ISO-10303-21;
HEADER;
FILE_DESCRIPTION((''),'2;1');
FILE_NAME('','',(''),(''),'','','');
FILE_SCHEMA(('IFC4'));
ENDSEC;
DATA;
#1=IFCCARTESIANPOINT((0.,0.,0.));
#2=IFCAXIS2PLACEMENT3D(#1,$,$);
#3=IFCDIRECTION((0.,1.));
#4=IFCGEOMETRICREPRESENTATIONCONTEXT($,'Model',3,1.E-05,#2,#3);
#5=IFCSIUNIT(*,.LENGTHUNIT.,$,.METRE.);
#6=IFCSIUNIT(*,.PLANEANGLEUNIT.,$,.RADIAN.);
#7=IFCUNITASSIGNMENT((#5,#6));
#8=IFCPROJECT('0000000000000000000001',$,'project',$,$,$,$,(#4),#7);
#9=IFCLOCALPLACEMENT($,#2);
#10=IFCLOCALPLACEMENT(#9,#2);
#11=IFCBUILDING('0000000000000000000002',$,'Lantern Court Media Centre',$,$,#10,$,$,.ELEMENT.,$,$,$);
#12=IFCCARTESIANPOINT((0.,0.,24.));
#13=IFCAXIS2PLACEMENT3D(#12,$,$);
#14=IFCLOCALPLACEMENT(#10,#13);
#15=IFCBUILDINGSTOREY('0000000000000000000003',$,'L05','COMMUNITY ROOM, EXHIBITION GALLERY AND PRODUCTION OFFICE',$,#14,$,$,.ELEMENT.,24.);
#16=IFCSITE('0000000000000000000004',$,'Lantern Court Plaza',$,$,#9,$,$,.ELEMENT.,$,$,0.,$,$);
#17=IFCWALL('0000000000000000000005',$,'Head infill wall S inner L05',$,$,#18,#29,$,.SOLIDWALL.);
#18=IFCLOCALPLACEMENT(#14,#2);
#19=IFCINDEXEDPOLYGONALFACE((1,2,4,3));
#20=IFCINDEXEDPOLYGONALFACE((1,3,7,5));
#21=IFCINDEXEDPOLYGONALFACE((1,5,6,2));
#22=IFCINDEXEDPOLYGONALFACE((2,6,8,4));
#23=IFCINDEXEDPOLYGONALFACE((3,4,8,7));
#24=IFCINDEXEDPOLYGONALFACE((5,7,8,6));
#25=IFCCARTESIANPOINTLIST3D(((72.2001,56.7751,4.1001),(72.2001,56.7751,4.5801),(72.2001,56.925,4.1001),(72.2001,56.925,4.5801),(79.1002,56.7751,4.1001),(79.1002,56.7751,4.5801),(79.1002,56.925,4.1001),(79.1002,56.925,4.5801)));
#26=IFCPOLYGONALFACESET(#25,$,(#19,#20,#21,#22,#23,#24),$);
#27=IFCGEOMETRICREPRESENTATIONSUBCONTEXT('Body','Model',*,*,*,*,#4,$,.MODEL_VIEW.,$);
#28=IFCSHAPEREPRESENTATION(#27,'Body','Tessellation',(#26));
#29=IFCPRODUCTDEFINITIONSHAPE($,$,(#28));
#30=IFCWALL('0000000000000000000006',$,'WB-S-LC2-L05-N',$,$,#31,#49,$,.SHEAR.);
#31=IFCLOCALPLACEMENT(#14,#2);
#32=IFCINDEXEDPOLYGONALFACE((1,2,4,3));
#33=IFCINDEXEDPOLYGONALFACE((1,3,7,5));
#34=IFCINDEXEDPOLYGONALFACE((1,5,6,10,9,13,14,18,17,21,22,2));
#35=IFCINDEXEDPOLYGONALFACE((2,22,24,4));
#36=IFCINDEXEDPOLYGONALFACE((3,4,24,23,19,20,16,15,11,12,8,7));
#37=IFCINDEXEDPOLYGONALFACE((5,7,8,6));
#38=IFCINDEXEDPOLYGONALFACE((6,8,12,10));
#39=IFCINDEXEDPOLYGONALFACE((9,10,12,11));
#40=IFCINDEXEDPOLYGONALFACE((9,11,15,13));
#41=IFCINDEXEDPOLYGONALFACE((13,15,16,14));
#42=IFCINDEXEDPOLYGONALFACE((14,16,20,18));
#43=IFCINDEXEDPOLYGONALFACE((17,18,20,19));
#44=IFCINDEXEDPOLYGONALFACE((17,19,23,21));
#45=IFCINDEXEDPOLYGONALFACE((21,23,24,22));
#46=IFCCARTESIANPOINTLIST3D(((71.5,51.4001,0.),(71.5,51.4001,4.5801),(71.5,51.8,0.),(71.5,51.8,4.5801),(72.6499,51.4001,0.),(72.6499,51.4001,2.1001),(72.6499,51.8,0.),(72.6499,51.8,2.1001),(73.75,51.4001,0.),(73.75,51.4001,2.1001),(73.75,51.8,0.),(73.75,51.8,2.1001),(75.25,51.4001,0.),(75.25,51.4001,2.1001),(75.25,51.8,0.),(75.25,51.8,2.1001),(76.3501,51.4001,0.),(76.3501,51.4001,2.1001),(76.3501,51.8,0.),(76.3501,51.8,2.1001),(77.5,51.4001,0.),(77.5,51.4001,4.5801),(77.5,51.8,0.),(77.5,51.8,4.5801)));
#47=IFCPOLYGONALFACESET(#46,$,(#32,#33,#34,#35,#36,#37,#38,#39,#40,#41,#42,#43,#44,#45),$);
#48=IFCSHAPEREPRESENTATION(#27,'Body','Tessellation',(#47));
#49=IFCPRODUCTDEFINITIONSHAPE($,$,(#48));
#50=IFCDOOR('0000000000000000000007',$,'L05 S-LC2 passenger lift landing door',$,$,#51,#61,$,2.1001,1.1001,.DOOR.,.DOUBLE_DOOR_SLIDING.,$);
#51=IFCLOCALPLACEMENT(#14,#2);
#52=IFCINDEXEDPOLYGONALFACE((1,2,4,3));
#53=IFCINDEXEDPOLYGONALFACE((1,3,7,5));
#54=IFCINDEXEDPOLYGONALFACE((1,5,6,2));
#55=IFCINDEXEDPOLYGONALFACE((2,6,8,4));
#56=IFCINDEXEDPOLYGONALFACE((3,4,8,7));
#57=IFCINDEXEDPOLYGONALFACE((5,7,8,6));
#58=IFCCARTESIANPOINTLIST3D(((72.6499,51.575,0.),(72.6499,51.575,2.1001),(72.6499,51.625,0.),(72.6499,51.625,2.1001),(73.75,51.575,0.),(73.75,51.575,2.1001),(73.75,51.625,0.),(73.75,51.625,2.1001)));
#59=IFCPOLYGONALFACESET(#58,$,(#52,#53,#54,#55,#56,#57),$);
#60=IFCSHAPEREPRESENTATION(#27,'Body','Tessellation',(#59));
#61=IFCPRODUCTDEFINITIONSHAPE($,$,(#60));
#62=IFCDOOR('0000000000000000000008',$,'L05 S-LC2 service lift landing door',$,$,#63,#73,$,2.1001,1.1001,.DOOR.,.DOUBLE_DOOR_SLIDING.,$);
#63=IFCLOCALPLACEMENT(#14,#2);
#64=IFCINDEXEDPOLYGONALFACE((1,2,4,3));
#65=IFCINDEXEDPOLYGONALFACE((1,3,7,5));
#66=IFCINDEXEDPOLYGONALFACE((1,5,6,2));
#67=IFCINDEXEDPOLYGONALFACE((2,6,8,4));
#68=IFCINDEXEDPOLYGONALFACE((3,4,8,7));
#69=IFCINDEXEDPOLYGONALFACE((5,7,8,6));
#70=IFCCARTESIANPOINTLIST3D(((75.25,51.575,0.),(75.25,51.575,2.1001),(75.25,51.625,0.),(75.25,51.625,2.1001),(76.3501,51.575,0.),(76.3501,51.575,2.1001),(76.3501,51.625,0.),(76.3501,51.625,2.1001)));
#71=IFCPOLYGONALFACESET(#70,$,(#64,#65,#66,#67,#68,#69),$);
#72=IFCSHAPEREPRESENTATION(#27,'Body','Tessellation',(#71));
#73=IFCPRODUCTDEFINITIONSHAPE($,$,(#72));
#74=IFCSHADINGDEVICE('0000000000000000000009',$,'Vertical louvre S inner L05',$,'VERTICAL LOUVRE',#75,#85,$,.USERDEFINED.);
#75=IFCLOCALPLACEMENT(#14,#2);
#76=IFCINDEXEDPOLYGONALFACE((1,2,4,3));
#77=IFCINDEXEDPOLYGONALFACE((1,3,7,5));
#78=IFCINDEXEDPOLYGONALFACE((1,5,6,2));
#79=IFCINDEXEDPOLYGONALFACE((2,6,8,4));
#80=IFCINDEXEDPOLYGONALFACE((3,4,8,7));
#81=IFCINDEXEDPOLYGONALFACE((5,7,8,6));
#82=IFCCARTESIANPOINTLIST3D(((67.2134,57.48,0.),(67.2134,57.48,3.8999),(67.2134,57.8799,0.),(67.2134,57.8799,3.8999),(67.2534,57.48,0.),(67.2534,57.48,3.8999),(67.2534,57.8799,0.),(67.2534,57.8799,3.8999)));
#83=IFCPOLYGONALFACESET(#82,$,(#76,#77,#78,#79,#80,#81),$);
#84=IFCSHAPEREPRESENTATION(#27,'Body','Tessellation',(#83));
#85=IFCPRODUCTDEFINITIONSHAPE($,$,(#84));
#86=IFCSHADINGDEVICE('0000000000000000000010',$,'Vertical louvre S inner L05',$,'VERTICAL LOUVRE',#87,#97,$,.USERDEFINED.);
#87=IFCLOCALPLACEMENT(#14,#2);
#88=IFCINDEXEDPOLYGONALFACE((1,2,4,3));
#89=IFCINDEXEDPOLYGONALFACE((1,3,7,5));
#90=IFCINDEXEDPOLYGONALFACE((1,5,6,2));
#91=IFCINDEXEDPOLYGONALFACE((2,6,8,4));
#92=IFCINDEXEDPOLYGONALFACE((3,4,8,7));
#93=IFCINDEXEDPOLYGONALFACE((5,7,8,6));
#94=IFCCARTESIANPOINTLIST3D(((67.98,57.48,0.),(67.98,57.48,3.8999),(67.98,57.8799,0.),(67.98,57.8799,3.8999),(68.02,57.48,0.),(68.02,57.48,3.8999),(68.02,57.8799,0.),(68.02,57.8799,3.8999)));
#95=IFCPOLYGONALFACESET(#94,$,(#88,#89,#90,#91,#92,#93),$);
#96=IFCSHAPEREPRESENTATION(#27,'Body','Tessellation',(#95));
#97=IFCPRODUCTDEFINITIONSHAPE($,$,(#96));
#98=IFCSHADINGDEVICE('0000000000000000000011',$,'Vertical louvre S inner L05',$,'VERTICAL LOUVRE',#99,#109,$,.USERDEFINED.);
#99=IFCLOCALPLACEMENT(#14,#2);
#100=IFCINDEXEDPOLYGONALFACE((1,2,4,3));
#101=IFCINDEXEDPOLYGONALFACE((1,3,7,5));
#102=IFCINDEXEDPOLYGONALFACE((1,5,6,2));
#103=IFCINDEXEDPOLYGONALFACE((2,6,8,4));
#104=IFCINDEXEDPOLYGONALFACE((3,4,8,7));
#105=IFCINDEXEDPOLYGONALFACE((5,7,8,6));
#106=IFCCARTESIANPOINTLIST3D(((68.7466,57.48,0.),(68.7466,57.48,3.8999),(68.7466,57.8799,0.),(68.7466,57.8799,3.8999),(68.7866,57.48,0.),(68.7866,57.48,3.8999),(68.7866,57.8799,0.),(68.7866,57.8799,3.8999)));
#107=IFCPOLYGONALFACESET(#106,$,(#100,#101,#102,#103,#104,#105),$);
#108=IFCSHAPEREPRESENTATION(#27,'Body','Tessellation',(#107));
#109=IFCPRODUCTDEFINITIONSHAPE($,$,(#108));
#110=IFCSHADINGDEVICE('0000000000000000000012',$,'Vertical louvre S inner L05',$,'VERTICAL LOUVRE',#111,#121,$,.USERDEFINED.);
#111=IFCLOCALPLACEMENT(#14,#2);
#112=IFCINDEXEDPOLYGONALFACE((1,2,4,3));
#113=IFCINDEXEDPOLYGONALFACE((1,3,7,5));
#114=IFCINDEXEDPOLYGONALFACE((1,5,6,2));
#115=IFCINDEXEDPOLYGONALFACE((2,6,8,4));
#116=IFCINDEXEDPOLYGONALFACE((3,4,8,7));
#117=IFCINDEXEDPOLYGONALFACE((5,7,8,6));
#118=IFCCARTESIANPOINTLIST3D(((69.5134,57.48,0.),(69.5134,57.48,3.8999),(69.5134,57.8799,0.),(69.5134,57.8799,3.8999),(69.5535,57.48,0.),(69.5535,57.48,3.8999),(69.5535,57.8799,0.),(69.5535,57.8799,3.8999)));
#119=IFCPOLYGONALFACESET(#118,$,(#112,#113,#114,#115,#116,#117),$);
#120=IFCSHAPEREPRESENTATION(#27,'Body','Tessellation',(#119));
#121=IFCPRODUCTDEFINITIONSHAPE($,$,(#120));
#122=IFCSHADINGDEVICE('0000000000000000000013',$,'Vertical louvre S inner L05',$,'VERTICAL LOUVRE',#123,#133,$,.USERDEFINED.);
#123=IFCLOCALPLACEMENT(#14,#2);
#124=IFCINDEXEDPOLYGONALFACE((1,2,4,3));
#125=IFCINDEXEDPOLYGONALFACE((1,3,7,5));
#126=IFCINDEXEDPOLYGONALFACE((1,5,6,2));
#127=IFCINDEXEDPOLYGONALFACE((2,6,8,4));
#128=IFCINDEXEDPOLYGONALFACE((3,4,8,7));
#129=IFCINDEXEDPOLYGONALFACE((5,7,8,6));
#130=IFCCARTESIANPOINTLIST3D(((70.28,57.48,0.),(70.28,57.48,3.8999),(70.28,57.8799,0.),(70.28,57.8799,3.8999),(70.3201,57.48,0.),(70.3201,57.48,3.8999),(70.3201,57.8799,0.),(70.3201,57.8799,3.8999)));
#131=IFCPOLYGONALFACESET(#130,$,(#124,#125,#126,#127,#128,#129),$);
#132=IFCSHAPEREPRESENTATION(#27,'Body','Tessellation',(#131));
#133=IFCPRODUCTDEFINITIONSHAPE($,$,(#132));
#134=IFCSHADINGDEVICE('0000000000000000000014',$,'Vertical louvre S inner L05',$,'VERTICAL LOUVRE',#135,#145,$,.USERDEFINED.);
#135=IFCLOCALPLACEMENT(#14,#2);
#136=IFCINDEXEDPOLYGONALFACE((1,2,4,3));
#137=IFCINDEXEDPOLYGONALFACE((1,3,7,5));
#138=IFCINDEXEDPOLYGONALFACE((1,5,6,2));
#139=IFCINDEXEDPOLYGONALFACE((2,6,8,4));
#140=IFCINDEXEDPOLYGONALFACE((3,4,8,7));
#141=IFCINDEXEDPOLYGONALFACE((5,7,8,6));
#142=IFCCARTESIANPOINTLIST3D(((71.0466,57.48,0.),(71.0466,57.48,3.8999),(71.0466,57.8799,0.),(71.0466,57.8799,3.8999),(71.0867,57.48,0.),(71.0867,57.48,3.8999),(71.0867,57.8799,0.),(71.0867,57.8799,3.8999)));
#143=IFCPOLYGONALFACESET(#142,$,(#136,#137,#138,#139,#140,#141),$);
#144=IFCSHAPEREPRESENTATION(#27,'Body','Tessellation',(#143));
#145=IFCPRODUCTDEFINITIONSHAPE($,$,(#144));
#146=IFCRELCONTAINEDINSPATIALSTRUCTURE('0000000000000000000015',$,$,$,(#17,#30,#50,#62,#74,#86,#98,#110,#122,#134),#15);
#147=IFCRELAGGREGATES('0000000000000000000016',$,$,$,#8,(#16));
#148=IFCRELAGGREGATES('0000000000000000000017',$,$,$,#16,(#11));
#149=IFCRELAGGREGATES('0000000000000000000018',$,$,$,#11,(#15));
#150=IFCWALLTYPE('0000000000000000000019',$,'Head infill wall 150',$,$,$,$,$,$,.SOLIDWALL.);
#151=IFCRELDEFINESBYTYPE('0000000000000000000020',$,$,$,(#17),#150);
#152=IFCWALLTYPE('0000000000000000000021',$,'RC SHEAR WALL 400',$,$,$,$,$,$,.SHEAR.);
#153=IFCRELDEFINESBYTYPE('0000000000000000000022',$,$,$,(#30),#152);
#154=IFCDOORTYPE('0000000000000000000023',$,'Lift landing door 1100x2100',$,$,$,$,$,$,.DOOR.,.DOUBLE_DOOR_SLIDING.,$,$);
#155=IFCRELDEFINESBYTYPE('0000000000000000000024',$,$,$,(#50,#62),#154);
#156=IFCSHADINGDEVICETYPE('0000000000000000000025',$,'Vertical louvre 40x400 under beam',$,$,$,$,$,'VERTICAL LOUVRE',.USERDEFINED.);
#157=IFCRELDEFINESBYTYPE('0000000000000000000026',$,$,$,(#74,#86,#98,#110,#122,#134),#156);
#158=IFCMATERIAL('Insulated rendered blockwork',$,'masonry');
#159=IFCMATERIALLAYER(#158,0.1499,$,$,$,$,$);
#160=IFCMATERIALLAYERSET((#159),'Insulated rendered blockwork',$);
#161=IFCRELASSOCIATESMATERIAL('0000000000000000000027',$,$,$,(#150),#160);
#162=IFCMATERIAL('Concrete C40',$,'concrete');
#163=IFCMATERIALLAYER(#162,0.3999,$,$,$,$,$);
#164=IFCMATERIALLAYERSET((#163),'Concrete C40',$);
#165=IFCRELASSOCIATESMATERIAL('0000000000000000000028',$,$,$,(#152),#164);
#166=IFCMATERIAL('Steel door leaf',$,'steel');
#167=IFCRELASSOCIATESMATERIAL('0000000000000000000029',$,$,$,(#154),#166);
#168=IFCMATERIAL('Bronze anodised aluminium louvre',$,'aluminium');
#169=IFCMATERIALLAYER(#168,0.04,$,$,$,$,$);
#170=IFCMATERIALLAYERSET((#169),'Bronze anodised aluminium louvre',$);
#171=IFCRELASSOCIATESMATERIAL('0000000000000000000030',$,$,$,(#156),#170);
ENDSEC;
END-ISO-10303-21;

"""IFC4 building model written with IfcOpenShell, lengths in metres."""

from ifc_helpers import new_model, si_unit, direction, frame, frame_2d, origin, origin_2d, place, context, subcontext, project, spatial, rectangle, extrude, material, layer, layer_set, type_object, element, fill, save


model = new_model("IFC4")

# Units and contexts
model_context = context("Model", 3, precision=1e-05, world=origin(), true_north=direction((0.0, 1.0)))
body_context = subcontext(model_context, "Body", "Model", "MODEL_VIEW")
ifc_project = project(units=[si_unit("LENGTHUNIT", "METRE"), si_unit("PLANEANGLEUNIT", "RADIAN")], contexts=[model_context])

# Site, building, storey
site_placement = place(None, origin())
site = spatial("IfcSite", under=ifc_project, at=site_placement, Name="Lantern Court Plaza", CompositionType="ELEMENT", RefElevation=0.0)
building_placement = place(site_placement, origin())
building = spatial("IfcBuilding", under=site, at=building_placement, Name="Lantern Court Media Centre", CompositionType="ELEMENT")
storey_placement = place(building_placement, frame((0.0, 0.0, 24.0)))
storey = spatial("IfcBuildingStorey", under=building, at=storey_placement, Name="L05", Description="COMMUNITY ROOM, EXHIBITION GALLERY AND PRODUCTION OFFICE", CompositionType="ELEMENT", Elevation=24.0)

# Wall
ifc_material_1 = material(Name="Insulated rendered blockwork", Category="masonry")
ifc_layer_1 = layer(ifc_material_1, 0.1499)
ifc_layer_set_1 = layer_set([ifc_layer_1], Name="Insulated rendered blockwork")
wall_type_1 = type_object("IfcWallType", Name="Head infill wall 150", PredefinedType="SOLIDWALL", material=ifc_layer_set_1)
wall_1_placement = place(storey_placement, frame((72.2, 56.8501, 4.1001), z_axis=(0.0, 0.0, 1.0), x_axis=(1.0, 0.0, 0.0)))
element("IfcWall", 1, at=wall_1_placement, inside=storey, type_object=wall_type_1, Name="Head infill wall S inner L05", PredefinedType="SOLIDWALL", context=body_context, shape_type="SweptSolid", body=[
    extrude(rectangle(XDim=6.9001, YDim=0.1499, at=frame_2d((3.4502, 0.0))), origin(), (0.0, 0.0, 1.0), 0.48),
])

# Wall, openings, doors
ifc_material_2 = material(Name="Concrete C40", Category="concrete")
ifc_layer_2 = layer(ifc_material_2, 0.3999)
ifc_layer_set_2 = layer_set([ifc_layer_2], Name="Concrete C40")
wall_type_2 = type_object("IfcWallType", Name="RC SHEAR WALL 400", PredefinedType="SHEAR", material=ifc_layer_set_2)
wall_2_placement = place(storey_placement, frame((71.5, 51.6001, 0.0), z_axis=(0.0, 0.0, 1.0), x_axis=(1.0, 0.0, 0.0)))
wall_2 = element("IfcWall", 2, at=wall_2_placement, inside=storey, type_object=wall_type_2, Name="WB-S-LC2-L05-N", PredefinedType="SHEAR", context=body_context, shape_type="SweptSolid", body=[
    extrude(rectangle(XDim=6.0, YDim=0.3999, at=frame_2d((3.0, 0.0))), origin(), (0.0, 0.0, 1.0), 4.5801),
])
opening_1_placement = place(wall_2_placement, frame((1.1499, 0.0, 0.0)))
opening_1 = element("IfcOpeningElement", 3, at=opening_1_placement, cuts=wall_2, PredefinedType="OPENING", context=body_context, shape_type="SweptSolid", body=[
    extrude(rectangle(XDim=1.1001, YDim=2.1001, at=frame_2d((0.55, 1.05))), frame((0.0, 0.21, 0.0), z_axis=(0.0, -1.0, 0.0), x_axis=(1.0, 0.0, 0.0)), (0.0, 0.0, 1.0), 0.4199),
])
opening_2_placement = place(wall_2_placement, frame((3.75, 0.0, 0.0)))
opening_2 = element("IfcOpeningElement", 4, at=opening_2_placement, cuts=wall_2, PredefinedType="OPENING", context=body_context, shape_type="SweptSolid", body=[
    extrude(rectangle(XDim=1.1001, YDim=2.1001, at=frame_2d((0.55, 1.05))), frame((0.0, 0.21, 0.0), z_axis=(0.0, -1.0, 0.0), x_axis=(1.0, 0.0, 0.0)), (0.0, 0.0, 1.0), 0.4199),
])
ifc_material_3 = material(Name="Steel door leaf", Category="steel")
door_type = type_object("IfcDoorType", Name="Lift landing door 1100x2100", OperationType="DOUBLE_DOOR_SLIDING", PredefinedType="DOOR", material=ifc_material_3)
door_1_placement = place(opening_1_placement, origin())
door_1 = element("IfcDoor", 5, at=door_1_placement, inside=storey, type_object=door_type, Name="L05 S-LC2 passenger lift landing door", OperationType="DOUBLE_DOOR_SLIDING", OverallHeight=2.1001, OverallWidth=1.1001, PredefinedType="DOOR", context=body_context, shape_type="SweptSolid", body=[
    extrude(rectangle(XDim=1.1001, YDim=2.1001, at=frame_2d((0.55, 1.05))), frame((0.0, 0.0249, 0.0), z_axis=(0.0, -1.0, 0.0), x_axis=(1.0, 0.0, 0.0)), (0.0, 0.0, 1.0), 0.05),
])
fill(opening_1, door_1)
door_2_placement = place(opening_2_placement, origin())
door_2 = element("IfcDoor", 6, at=door_2_placement, inside=storey, type_object=door_type, Name="L05 S-LC2 service lift landing door", OperationType="DOUBLE_DOOR_SLIDING", OverallHeight=2.1001, OverallWidth=1.1001, PredefinedType="DOOR", context=body_context, shape_type="SweptSolid", body=[
    extrude(rectangle(XDim=1.1001, YDim=2.1001, at=frame_2d((0.55, 1.05))), frame((0.0, 0.0249, 0.0), z_axis=(0.0, -1.0, 0.0), x_axis=(1.0, 0.0, 0.0)), (0.0, 0.0, 1.0), 0.05),
])
fill(opening_2, door_2)

# Shading devices
ifc_material_4 = material(Name="Bronze anodised aluminium louvre", Category="aluminium")
ifc_layer_3 = layer(ifc_material_4, 0.04)
ifc_layer_set_3 = layer_set([ifc_layer_3], Name="Bronze anodised aluminium louvre")
shading_device_type = type_object("IfcShadingDeviceType", Name="Vertical louvre 40x400 under beam", ElementType="VERTICAL LOUVRE", PredefinedType="USERDEFINED", material=ifc_layer_set_3)
for number, where, z_axis, x_axis, name in (
    (7, (67.2334, 57.6799, 0.0), (0.0, 0.0, 1.0), (1.0, 0.0, 0.0), "Vertical louvre S inner L05"),
    (8, (68.0, 57.6799, 0.0), (0.0, 0.0, 1.0), (1.0, 0.0, 0.0), "Vertical louvre S inner L05"),
    (9, (68.7666, 57.6799, 0.0), (0.0, 0.0, 1.0), (1.0, 0.0, 0.0), "Vertical louvre S inner L05"),
    (10, (69.5334, 57.6799, 0.0), (0.0, 0.0, 1.0), (1.0, 0.0, 0.0), "Vertical louvre S inner L05"),
    (11, (70.3, 57.6799, 0.0), (0.0, 0.0, 1.0), (1.0, 0.0, 0.0), "Vertical louvre S inner L05"),
    (12, (71.0667, 57.6799, 0.0), (0.0, 0.0, 1.0), (1.0, 0.0, 0.0), "Vertical louvre S inner L05"),
):
    element("IfcShadingDevice", number, at=place(storey_placement, frame(where, z_axis=z_axis, x_axis=x_axis)), inside=storey, type_object=shading_device_type, Name=name, ObjectType="VERTICAL LOUVRE", PredefinedType="USERDEFINED", context=body_context, shape_type="SweptSolid", body=[
        extrude(rectangle(XDim=0.04, YDim=0.3999, at=origin_2d()), origin(), (0.0, 0.0, 1.0), 3.8999),
    ])

save(model, "model.ifc")
